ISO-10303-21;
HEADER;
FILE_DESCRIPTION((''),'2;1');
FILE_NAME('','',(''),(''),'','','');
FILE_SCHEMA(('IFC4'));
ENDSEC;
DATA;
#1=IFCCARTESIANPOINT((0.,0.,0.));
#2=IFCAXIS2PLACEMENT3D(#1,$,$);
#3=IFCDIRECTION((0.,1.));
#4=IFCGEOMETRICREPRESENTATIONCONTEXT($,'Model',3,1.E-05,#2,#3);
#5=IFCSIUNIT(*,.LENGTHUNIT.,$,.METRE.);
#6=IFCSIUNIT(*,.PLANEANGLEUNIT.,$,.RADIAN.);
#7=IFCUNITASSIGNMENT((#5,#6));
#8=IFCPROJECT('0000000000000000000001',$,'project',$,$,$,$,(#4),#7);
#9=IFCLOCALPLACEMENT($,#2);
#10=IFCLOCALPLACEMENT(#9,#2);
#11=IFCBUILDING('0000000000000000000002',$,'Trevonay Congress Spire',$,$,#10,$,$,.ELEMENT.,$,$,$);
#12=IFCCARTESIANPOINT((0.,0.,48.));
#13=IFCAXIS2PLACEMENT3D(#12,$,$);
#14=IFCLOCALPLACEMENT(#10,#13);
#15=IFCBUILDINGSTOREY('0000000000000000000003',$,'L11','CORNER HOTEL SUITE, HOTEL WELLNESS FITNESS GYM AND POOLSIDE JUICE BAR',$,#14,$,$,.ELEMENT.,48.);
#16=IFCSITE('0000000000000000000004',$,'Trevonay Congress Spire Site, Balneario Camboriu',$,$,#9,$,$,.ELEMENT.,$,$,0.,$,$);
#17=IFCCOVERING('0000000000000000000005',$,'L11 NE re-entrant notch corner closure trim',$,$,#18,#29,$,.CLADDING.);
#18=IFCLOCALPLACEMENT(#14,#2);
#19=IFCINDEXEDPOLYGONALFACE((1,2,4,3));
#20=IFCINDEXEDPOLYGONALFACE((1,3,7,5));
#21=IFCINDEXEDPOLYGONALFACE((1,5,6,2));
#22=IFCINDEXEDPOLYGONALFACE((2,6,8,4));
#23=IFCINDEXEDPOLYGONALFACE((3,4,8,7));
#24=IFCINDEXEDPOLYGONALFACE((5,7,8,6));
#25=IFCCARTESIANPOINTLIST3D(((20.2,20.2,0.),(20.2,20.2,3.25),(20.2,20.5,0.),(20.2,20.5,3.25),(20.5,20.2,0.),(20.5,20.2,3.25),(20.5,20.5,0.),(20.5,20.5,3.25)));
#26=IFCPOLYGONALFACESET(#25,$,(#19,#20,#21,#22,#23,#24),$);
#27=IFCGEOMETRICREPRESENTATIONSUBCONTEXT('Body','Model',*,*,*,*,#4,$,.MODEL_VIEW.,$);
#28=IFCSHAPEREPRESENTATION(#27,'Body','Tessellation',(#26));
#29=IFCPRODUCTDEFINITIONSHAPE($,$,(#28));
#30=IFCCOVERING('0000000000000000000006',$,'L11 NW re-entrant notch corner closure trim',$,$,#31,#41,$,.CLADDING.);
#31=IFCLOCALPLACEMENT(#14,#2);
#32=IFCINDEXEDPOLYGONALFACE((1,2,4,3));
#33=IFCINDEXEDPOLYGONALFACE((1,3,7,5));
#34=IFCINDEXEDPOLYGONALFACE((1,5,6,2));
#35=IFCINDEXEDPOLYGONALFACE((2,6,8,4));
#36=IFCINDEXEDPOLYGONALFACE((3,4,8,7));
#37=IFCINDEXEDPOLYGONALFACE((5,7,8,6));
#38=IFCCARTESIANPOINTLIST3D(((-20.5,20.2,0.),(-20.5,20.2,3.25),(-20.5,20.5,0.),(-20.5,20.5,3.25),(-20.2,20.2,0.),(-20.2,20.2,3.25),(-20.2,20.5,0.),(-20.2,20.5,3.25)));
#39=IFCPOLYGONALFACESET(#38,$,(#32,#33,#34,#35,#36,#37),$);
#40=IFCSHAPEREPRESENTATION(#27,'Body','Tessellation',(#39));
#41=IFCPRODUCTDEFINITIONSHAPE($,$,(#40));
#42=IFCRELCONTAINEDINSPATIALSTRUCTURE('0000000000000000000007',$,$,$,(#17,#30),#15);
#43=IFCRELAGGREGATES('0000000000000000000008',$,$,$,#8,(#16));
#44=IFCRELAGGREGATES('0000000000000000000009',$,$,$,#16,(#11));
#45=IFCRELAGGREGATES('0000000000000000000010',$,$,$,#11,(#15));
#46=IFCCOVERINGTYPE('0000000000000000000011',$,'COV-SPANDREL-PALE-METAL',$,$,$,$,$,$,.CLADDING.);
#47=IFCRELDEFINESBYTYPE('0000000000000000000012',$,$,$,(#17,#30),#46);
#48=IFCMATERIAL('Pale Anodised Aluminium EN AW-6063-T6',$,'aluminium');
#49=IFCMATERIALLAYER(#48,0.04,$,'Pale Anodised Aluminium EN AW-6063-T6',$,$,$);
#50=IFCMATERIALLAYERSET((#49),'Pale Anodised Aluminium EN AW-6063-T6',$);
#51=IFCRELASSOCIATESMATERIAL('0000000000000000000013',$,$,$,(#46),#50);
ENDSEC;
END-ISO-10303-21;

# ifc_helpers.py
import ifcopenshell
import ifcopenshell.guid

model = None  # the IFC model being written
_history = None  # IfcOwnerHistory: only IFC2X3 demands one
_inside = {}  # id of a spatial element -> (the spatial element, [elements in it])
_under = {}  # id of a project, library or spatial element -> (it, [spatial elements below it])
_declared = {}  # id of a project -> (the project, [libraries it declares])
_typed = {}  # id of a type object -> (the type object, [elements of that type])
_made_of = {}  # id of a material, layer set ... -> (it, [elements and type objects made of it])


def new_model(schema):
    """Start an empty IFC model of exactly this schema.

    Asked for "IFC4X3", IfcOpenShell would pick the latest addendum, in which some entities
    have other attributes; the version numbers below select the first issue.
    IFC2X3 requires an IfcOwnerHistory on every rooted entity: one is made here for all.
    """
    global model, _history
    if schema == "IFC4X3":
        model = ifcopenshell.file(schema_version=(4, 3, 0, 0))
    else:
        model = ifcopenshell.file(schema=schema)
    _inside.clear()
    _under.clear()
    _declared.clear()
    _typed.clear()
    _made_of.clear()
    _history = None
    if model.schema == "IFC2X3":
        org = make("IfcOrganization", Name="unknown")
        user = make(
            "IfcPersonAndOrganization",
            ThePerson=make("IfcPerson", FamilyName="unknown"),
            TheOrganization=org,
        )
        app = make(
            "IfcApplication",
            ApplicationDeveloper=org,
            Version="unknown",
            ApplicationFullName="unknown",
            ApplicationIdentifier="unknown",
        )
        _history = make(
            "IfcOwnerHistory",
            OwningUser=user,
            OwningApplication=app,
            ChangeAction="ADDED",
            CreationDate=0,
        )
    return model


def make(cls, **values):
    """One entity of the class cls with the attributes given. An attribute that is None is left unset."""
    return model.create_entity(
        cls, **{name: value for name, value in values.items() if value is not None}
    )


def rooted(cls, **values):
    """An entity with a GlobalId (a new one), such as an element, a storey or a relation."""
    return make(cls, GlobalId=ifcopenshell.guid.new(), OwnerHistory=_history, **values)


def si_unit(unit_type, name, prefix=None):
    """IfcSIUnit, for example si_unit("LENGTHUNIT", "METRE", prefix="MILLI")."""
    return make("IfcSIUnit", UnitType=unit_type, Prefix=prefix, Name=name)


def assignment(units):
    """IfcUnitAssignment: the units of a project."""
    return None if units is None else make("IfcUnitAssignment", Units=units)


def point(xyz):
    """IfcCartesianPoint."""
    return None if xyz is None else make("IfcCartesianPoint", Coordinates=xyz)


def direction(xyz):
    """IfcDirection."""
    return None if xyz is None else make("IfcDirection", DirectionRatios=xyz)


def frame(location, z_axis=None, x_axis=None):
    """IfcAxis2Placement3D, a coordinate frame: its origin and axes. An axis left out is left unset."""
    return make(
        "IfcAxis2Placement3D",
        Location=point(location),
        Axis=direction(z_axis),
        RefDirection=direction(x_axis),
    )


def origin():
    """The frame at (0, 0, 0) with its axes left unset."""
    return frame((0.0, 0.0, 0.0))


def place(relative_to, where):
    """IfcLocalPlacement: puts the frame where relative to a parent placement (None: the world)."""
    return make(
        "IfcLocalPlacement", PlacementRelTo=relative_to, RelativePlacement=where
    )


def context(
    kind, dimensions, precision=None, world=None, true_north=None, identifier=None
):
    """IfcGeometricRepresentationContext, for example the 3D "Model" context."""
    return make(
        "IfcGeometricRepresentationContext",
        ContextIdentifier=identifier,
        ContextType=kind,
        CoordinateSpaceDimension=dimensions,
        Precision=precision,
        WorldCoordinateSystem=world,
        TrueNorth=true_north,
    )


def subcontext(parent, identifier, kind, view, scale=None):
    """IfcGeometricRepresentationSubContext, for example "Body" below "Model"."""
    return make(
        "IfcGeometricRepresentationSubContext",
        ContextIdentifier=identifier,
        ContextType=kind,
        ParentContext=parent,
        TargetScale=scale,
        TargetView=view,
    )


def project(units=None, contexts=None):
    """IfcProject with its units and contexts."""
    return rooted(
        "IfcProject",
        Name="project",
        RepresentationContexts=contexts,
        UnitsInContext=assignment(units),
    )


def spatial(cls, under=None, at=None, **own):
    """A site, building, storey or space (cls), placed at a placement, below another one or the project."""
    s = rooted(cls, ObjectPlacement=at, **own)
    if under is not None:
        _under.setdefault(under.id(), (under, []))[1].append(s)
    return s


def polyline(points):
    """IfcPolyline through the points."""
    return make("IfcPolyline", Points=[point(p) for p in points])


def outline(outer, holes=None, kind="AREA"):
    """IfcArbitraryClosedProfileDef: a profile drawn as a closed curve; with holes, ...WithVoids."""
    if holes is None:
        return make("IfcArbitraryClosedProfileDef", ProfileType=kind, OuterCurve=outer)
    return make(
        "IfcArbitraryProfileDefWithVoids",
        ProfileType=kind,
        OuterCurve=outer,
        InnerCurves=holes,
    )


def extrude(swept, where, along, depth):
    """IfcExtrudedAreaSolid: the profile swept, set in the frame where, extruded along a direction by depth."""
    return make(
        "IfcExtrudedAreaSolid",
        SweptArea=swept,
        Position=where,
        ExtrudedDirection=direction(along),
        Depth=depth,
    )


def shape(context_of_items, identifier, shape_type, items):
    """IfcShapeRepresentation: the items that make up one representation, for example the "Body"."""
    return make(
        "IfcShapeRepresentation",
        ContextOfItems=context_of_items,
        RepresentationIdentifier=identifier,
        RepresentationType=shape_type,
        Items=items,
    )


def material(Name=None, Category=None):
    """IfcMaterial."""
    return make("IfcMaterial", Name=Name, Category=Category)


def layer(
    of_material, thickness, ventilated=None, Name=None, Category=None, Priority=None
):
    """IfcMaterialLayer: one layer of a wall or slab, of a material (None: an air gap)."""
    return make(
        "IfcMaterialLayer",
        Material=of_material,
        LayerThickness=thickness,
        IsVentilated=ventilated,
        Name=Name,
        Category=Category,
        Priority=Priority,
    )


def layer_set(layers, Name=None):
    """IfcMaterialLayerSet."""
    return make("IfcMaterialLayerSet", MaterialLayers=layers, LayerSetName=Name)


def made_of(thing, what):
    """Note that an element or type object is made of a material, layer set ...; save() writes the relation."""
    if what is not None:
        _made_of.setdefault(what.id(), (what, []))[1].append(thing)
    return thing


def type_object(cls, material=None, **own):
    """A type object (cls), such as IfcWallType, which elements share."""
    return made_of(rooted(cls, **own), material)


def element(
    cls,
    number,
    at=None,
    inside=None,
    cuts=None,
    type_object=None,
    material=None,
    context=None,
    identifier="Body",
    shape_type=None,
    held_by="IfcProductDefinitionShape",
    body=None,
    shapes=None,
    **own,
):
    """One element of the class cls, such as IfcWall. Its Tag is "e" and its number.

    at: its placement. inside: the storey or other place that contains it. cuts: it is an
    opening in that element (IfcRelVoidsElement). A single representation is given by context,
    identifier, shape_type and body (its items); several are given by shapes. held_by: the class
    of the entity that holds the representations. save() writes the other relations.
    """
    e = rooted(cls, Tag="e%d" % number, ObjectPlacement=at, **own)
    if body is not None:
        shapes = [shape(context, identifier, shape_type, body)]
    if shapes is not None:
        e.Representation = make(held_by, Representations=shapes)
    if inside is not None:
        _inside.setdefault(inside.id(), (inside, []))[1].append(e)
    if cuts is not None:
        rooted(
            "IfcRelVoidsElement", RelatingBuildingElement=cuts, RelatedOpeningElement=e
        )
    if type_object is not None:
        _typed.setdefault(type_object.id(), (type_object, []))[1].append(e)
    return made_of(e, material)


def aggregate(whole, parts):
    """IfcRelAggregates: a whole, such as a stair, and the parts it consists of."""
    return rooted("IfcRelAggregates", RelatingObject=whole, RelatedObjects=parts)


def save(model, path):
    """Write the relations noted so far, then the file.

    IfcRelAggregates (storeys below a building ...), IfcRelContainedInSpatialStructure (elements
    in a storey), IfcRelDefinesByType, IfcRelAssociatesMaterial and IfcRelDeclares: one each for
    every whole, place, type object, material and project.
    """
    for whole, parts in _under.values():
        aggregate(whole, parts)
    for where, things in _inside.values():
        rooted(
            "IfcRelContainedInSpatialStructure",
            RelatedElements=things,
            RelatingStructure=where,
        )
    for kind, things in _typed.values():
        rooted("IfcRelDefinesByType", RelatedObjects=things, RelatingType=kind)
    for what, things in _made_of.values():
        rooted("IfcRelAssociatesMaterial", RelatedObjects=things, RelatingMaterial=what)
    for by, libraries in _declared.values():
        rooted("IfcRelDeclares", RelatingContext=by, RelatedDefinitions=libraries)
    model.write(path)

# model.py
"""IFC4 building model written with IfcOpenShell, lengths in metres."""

from ifc_helpers import new_model, si_unit, direction, frame, origin, place, context, subcontext, project, spatial, polyline, outline, extrude, material, layer, layer_set, type_object, element, save


model = new_model("IFC4")

# Units and contexts
model_context = context("Model", 3, precision=1e-05, world=origin(), true_north=direction((0.0, 1.0)))
body_context = subcontext(model_context, "Body", "Model", "MODEL_VIEW")
ifc_project = project(units=[si_unit("LENGTHUNIT", "METRE"), si_unit("PLANEANGLEUNIT", "RADIAN")], contexts=[model_context])

# Site, building, storey
site_placement = place(None, origin())
site = spatial("IfcSite", under=ifc_project, at=site_placement, Name="Trevonay Congress Spire Site, Balneario Camboriu", CompositionType="ELEMENT", RefElevation=0.0)
building_placement = place(site_placement, origin())
building = spatial("IfcBuilding", under=site, at=building_placement, Name="Trevonay Congress Spire", CompositionType="ELEMENT")
storey_placement = place(building_placement, frame((0.0, 0.0, 48.0)))
storey = spatial("IfcBuildingStorey", under=building, at=storey_placement, Name="L11", Description="CORNER HOTEL SUITE, HOTEL WELLNESS FITNESS GYM AND POOLSIDE JUICE BAR", CompositionType="ELEMENT", Elevation=48.0)

# Shared definitions
ifc_material_1 = material(Name="Pale Anodised Aluminium EN AW-6063-T6", Category="aluminium")

# Coverings
ifc_layer_1 = layer(ifc_material_1, 0.04, Name="Pale Anodised Aluminium EN AW-6063-T6")
ifc_layer_set_1 = layer_set([ifc_layer_1], Name="Pale Anodised Aluminium EN AW-6063-T6")
covering_type_1 = type_object("IfcCoveringType", Name="COV-SPANDREL-PALE-METAL", PredefinedType="CLADDING", material=ifc_layer_set_1)
covering_1_placement = place(storey_placement, origin())
element("IfcCovering", 1, at=covering_1_placement, inside=storey, type_object=covering_type_1, Name="L11 NE re-entrant notch corner closure trim", PredefinedType="CLADDING", context=body_context, shape_type="SweptSolid", body=[
    extrude(outline(polyline([(20.2, 20.2), (20.5, 20.2), (20.5, 20.5), (20.2, 20.5), (20.2, 20.2)])), origin(), (0.0, 0.0, 1.0), 3.25),
])
covering_2_placement = place(storey_placement, origin())
element("IfcCovering", 2, at=covering_2_placement, inside=storey, type_object=covering_type_1, Name="L11 NW re-entrant notch corner closure trim", PredefinedType="CLADDING", context=body_context, shape_type="SweptSolid", body=[
    extrude(outline(polyline([(-20.5, 20.2), (-20.2, 20.2), (-20.2, 20.5), (-20.5, 20.5), (-20.5, 20.2)])), origin(), (0.0, 0.0, 1.0), 3.25),
])

save(model, "model.ifc")
